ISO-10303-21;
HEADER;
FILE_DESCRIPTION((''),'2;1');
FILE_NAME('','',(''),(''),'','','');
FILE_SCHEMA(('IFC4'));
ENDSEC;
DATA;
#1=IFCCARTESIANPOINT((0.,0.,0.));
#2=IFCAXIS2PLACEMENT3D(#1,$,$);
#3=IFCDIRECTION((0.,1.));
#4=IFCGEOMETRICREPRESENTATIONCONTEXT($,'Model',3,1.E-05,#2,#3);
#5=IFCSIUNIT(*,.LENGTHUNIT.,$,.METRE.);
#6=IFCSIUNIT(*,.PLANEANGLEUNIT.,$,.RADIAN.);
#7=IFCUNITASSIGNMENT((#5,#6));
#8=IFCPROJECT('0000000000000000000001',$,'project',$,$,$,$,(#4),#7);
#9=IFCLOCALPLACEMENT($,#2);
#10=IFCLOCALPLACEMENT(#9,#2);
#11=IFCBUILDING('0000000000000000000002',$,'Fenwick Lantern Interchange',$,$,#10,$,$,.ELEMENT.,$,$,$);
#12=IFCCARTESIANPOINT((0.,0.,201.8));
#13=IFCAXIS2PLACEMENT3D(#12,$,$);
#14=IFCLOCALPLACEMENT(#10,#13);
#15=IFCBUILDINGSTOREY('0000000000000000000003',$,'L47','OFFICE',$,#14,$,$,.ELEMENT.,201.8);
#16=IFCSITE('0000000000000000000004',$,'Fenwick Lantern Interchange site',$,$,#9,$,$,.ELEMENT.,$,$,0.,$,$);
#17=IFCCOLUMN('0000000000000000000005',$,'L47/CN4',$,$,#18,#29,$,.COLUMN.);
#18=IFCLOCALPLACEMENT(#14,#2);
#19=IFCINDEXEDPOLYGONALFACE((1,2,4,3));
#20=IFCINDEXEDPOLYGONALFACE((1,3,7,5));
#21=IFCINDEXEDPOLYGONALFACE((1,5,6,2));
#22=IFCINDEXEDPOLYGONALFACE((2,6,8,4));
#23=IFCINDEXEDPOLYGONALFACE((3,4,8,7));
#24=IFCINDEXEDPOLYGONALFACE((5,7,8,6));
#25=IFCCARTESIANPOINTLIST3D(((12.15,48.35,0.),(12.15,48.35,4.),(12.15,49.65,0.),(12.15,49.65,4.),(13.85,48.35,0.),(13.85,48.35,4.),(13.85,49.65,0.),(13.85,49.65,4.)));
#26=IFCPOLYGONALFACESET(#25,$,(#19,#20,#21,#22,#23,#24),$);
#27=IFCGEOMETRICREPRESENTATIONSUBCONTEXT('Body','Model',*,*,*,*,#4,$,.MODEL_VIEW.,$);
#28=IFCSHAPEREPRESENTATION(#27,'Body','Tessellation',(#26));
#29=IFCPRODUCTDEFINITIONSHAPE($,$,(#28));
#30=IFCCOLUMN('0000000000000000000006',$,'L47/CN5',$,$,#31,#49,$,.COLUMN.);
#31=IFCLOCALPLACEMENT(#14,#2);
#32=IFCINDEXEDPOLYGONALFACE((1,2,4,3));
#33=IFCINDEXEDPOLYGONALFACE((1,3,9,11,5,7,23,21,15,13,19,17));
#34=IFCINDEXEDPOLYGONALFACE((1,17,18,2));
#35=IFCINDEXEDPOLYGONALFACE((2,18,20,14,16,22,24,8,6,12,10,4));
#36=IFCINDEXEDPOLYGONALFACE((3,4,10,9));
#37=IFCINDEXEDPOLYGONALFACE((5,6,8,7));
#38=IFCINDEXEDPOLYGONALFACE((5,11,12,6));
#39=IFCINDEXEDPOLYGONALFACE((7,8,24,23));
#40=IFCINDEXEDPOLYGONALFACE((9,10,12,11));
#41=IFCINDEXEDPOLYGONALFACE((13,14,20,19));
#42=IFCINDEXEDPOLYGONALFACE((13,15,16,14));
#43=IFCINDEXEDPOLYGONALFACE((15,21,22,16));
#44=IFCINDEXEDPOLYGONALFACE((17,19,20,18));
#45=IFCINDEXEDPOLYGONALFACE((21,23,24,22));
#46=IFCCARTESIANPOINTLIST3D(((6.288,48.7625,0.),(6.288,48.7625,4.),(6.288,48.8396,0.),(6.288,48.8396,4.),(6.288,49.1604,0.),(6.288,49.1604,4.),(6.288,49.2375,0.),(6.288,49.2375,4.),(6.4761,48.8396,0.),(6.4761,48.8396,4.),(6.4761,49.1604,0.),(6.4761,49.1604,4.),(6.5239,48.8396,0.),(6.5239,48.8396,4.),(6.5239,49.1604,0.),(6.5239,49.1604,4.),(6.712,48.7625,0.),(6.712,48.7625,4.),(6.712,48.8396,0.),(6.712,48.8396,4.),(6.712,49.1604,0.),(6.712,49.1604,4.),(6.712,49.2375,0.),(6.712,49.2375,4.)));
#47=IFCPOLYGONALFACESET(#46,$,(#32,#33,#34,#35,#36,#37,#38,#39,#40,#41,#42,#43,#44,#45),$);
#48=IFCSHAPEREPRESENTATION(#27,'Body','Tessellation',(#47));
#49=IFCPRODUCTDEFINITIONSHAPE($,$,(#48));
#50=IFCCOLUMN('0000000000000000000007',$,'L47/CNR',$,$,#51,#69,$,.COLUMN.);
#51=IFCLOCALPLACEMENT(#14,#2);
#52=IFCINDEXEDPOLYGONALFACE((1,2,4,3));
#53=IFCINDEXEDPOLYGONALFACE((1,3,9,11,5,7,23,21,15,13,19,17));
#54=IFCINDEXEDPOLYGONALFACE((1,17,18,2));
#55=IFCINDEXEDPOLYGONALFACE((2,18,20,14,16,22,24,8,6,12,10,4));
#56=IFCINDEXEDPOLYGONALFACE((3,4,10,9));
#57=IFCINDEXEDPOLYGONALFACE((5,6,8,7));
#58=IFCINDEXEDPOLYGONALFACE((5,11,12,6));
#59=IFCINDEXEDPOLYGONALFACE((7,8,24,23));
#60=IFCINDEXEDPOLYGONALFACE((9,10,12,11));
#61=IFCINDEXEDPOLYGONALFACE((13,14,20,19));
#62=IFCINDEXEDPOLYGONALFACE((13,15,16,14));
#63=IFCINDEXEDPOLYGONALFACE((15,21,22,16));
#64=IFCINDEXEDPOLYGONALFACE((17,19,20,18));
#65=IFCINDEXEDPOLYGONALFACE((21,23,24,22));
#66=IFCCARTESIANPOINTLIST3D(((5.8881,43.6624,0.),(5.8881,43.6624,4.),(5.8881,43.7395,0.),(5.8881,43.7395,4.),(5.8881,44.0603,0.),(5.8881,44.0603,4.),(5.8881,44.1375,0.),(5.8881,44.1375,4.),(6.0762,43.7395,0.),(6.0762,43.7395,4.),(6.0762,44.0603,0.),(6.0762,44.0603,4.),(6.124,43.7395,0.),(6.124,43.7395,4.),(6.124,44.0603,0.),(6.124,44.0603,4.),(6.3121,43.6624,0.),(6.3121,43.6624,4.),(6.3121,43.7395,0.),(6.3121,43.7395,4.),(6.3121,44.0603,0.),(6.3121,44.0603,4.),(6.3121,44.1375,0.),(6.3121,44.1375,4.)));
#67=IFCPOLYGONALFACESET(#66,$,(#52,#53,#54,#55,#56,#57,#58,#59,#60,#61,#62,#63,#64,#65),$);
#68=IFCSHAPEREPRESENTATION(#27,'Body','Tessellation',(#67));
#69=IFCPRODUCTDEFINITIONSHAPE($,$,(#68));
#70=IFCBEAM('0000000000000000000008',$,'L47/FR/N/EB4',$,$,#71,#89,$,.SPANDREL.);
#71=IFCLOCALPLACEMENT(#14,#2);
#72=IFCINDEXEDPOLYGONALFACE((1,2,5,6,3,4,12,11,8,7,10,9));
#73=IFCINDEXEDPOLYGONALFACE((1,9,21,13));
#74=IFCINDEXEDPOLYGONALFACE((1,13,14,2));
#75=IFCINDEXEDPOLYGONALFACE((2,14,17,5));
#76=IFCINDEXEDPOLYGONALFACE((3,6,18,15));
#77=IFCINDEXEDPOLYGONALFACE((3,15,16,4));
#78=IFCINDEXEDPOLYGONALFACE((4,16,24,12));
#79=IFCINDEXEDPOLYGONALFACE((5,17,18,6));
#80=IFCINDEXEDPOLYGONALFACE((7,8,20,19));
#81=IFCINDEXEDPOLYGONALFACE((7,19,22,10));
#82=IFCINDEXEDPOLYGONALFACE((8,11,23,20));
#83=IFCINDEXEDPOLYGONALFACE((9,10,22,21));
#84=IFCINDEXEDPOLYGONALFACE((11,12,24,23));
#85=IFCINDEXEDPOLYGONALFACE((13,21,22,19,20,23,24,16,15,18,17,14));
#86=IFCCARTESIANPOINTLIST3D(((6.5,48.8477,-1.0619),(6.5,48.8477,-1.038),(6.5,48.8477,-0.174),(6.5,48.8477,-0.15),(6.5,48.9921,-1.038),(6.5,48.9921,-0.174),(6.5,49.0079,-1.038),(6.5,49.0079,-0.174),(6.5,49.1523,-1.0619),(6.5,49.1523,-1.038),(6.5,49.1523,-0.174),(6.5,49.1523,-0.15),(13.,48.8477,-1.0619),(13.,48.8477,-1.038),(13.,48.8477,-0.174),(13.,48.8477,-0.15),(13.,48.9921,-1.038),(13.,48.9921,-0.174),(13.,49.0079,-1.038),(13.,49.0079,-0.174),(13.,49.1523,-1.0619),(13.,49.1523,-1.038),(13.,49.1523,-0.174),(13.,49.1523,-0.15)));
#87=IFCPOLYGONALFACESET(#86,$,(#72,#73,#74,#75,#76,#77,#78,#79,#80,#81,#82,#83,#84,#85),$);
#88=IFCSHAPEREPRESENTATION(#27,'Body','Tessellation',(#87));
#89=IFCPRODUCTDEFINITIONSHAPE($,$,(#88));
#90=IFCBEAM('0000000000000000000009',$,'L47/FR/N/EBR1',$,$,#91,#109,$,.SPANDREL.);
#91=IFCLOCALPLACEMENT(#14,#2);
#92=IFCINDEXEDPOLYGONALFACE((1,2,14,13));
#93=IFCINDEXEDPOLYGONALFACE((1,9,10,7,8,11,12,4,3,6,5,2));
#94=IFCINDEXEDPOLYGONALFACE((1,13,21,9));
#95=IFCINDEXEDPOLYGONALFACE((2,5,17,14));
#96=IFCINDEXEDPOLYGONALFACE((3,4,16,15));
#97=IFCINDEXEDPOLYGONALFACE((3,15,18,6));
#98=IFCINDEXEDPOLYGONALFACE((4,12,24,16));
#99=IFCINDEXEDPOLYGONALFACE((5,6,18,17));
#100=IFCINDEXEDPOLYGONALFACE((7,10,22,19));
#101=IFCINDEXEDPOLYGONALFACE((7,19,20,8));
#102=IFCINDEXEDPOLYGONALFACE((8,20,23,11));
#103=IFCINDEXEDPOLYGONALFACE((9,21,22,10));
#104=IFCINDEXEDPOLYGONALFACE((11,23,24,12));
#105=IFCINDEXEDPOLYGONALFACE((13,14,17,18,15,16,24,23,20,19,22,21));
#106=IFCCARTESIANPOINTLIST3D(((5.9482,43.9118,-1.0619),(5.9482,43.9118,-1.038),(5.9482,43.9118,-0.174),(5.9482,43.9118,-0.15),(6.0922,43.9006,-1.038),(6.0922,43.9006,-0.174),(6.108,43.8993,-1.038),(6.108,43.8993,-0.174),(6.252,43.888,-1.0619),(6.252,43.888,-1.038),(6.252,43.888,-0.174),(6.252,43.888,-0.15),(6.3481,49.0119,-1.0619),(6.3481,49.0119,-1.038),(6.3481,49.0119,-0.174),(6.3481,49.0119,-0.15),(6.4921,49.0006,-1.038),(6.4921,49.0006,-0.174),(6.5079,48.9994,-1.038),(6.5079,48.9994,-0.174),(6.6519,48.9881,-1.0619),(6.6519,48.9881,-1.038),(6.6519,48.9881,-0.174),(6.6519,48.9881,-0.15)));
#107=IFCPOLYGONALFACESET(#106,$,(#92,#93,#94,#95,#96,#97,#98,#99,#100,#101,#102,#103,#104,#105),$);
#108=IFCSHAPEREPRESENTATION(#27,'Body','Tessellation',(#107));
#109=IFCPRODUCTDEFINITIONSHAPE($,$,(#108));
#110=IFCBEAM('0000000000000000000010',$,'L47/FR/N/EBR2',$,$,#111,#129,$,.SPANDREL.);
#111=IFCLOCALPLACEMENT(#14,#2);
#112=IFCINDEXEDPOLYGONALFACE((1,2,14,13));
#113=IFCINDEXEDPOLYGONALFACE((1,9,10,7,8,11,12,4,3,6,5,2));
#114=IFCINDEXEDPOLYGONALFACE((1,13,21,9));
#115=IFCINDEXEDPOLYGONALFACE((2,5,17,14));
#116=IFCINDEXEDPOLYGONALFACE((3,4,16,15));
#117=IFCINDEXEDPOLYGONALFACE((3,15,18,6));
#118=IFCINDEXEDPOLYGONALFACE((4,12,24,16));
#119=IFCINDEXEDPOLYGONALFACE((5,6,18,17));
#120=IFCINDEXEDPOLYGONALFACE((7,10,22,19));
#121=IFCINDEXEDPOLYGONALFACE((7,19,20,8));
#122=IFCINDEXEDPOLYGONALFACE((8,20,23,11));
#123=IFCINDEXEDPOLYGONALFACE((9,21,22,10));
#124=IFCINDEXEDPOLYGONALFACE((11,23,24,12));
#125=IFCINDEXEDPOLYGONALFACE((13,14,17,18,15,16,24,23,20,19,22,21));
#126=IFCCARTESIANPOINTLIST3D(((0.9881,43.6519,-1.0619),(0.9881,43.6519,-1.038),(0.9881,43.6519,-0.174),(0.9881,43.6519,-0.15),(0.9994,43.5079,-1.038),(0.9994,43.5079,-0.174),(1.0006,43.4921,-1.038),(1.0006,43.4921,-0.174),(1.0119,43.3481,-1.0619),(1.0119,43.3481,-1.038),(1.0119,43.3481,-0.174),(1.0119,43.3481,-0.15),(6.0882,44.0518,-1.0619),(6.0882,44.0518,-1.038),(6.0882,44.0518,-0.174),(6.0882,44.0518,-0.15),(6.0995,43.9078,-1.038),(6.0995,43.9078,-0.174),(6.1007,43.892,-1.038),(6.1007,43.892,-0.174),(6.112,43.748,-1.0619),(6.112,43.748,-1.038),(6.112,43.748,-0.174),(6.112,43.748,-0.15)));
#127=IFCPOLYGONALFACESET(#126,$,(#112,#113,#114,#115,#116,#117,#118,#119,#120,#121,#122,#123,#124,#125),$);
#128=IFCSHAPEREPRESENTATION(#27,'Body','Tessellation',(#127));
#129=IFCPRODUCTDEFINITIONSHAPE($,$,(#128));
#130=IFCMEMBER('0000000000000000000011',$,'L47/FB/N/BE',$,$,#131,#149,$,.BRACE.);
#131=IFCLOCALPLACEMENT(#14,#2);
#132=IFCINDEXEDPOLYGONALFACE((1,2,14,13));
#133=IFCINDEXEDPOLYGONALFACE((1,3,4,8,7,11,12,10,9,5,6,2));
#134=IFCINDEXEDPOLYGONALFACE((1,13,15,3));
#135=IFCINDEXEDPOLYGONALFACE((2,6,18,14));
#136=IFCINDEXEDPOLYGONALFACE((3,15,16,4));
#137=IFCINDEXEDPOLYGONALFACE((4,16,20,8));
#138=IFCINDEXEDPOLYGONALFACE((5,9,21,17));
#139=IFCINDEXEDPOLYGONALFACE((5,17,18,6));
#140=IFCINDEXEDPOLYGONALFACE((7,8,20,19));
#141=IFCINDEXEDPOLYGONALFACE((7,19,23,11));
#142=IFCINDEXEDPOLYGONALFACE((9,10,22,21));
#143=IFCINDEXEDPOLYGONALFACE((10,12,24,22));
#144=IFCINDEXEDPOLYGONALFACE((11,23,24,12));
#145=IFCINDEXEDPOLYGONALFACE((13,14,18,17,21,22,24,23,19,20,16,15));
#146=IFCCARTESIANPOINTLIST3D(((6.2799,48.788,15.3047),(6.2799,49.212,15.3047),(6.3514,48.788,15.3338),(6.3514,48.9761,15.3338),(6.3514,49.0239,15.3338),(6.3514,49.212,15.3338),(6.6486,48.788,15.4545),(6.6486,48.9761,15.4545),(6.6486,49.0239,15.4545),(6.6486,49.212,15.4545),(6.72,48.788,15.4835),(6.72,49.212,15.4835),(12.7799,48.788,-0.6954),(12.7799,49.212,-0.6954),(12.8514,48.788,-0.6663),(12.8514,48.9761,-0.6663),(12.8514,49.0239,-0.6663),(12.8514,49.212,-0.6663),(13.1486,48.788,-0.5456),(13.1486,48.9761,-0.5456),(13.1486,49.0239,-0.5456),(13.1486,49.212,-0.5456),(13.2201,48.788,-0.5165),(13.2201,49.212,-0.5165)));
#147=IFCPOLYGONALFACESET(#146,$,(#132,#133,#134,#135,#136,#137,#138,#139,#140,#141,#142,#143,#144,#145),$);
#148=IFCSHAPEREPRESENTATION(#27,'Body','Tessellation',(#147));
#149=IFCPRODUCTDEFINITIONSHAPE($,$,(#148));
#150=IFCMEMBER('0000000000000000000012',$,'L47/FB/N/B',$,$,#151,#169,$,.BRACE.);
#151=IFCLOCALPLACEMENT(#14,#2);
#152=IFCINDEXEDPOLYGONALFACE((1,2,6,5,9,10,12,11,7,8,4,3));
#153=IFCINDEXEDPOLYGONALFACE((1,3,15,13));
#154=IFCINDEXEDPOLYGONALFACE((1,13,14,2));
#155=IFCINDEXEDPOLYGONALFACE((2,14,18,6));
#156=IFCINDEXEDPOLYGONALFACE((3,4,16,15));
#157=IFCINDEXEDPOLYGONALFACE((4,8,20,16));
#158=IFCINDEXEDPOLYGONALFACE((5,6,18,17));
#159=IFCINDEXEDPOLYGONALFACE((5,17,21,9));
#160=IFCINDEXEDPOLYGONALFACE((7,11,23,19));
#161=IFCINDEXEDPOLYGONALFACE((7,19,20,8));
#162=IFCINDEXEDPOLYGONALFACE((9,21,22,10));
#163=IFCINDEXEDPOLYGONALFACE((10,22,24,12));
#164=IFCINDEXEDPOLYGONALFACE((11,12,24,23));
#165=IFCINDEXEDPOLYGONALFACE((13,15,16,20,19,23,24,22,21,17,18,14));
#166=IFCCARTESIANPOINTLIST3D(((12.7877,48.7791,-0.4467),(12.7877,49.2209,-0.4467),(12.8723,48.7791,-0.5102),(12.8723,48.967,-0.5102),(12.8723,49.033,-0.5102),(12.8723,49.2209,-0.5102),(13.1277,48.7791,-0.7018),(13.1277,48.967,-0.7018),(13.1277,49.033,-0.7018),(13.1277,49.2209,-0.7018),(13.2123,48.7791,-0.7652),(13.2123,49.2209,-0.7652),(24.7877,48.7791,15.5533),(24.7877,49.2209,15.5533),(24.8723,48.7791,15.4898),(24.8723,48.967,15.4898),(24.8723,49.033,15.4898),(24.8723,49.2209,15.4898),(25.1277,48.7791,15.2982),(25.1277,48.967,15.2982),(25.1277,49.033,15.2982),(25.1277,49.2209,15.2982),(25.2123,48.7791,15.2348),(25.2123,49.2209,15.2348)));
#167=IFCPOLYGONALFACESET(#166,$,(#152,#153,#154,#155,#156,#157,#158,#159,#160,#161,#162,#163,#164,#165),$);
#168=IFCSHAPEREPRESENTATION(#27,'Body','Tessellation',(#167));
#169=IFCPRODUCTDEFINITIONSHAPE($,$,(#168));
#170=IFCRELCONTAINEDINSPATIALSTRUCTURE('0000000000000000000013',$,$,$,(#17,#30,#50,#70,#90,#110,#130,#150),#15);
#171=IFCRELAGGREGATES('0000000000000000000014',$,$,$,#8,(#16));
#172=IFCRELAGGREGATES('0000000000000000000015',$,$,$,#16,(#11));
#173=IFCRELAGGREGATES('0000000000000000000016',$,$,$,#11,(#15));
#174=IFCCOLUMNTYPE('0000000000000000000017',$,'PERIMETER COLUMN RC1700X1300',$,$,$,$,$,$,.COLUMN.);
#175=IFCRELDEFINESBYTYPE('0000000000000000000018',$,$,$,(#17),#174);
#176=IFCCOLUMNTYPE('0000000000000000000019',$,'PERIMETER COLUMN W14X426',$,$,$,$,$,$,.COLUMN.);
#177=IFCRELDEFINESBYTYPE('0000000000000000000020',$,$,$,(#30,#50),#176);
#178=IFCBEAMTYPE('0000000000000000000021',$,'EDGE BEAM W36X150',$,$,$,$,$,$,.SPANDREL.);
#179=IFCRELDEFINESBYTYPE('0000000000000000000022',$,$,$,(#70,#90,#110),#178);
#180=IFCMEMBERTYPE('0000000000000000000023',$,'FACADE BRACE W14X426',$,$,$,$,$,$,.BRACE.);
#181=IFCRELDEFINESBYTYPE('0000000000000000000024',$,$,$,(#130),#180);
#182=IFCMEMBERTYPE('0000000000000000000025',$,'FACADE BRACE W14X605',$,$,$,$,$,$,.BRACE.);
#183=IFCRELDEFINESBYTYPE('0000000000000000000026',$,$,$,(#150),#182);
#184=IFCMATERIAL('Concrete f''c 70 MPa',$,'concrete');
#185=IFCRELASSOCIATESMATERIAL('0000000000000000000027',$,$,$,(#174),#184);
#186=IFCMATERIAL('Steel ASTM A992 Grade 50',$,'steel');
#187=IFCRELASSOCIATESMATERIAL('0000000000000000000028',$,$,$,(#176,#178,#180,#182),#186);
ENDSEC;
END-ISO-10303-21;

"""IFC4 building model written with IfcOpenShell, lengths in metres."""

from ifc_helpers import new_model, si_unit, direction, frame, origin, origin_2d, place, context, subcontext, project, spatial, rectangle, i_section, extrude, material, material_profile, profile_set, type_object, element, save


model = new_model("IFC4")

# Units and contexts
model_context = context("Model", 3, precision=1e-05, world=origin(), true_north=direction((0.0, 1.0)))
body_context = subcontext(model_context, "Body", "Model", "MODEL_VIEW")
ifc_project = project(units=[si_unit("LENGTHUNIT", "METRE"), si_unit("PLANEANGLEUNIT", "RADIAN")], contexts=[model_context])

# Site, building, storey
site_placement = place(None, origin())
site = spatial("IfcSite", under=ifc_project, at=site_placement, Name="Fenwick Lantern Interchange site", CompositionType="ELEMENT", RefElevation=0.0)
building_placement = place(site_placement, origin())
building = spatial("IfcBuilding", under=site, at=building_placement, Name="Fenwick Lantern Interchange", CompositionType="ELEMENT")
storey_placement = place(building_placement, frame((0.0, 0.0, 201.8)))
storey = spatial("IfcBuildingStorey", under=building, at=storey_placement, Name="L47", Description="OFFICE", CompositionType="ELEMENT", Elevation=201.8)

# Columns
ifc_material_1 = material(Name="Concrete f'c 70 MPa", Category="concrete")
ifc_material_profile_1 = material_profile(ifc_material_1, rectangle(XDim=1.7, YDim=1.3, at=origin_2d()), Name="RC1700X1300")
ifc_profile_set_1 = profile_set([ifc_material_profile_1], Name="Concrete f'c 70 MPa")
column_type_1 = type_object("IfcColumnType", Name="PERIMETER COLUMN RC1700X1300", PredefinedType="COLUMN", material=ifc_profile_set_1)
column_placement = place(storey_placement, frame((13.0, 49.0, 0.0), z_axis=(0.0, 0.0, 1.0), x_axis=(1.0, 0.0, 0.0)))
element("IfcColumn", 1, at=column_placement, inside=storey, type_object=column_type_1, Name="L47/CN4", PredefinedType="COLUMN", context=body_context, shape_type="SweptSolid", body=[
    extrude(rectangle(XDim=1.7, YDim=1.3, at=origin_2d()), origin(), (0.0, 0.0, 1.0), 4.0),
])
ifc_material_2 = material(Name="Steel ASTM A992 Grade 50", Category="steel")
ifc_material_profile_2 = material_profile(ifc_material_2, i_section(OverallWidth=0.4241, OverallDepth=0.4751, WebThickness=0.0479, FlangeThickness=0.0771, at=origin_2d()), Name="W14X426")
ifc_profile_set_2 = profile_set([ifc_material_profile_2], Name="Steel ASTM A992 Grade 50")
column_type_2 = type_object("IfcColumnType", Name="PERIMETER COLUMN W14X426", PredefinedType="COLUMN", material=ifc_profile_set_2)
for number, where, z_axis, x_axis, name in (
    (2, (6.5, 49.0, 0.0), (0.0, 0.0, 1.0), (1.0, 0.0, 0.0), "L47/CN5"),
    (3, (6.1001, 43.8999, 0.0), (0.0, 0.0, 1.0), (1.0, 0.0, 0.0), "L47/CNR"),
):
    element("IfcColumn", number, at=place(storey_placement, frame(where, z_axis=z_axis, x_axis=x_axis)), inside=storey, type_object=column_type_2, Name=name, PredefinedType="COLUMN", context=body_context, shape_type="SweptSolid", body=[
        extrude(i_section(OverallWidth=0.4241, OverallDepth=0.4751, WebThickness=0.0479, FlangeThickness=0.0771, at=origin_2d()), origin(), (0.0, 0.0, 1.0), 4.0),
    ])

# Beams
ifc_material_profile_3 = material_profile(ifc_material_2, i_section(OverallWidth=0.3047, OverallDepth=0.9119, WebThickness=0.0159, FlangeThickness=0.0239, at=origin_2d()), Name="W36X150")
ifc_profile_set_3 = profile_set([ifc_material_profile_3], Name="Steel ASTM A992 Grade 50")
beam_type_1 = type_object("IfcBeamType", Name="EDGE BEAM W36X150", PredefinedType="SPANDREL", material=ifc_profile_set_3)
beam_1_placement = place(storey_placement, frame((13.0, 49.0, -0.606), z_axis=(-1.0, 0.0, 0.0), x_axis=(0.0, -1.0, 0.0)))
element("IfcBeam", 4, at=beam_1_placement, inside=storey, type_object=beam_type_1, Name="L47/FR/N/EB4", PredefinedType="SPANDREL", context=body_context, shape_type="SweptSolid", body=[
    extrude(i_section(OverallWidth=0.3047, OverallDepth=0.9119, WebThickness=0.0159, FlangeThickness=0.0239, at=origin_2d()), origin(), (0.0, 0.0, 1.0), 6.5),
])
for number, where, z_axis, x_axis, name in (
    (5, (6.5, 49.0, -0.606), (-0.078171, -0.99694, 0.0), (0.99694, -0.078171, 0.0), "L47/FR/N/EBR1"),
    (6, (6.1001, 43.8999, -0.606), (-0.99694, -0.078171, 0.0), (0.078171, -0.99694, 0.0), "L47/FR/N/EBR2"),
):
    element("IfcBeam", number, at=place(storey_placement, frame(where, z_axis=z_axis, x_axis=x_axis)), inside=storey, type_object=beam_type_1, Name=name, PredefinedType="SPANDREL", context=body_context, shape_type="SweptSolid", body=[
        extrude(i_section(OverallWidth=0.3047, OverallDepth=0.9119, WebThickness=0.0159, FlangeThickness=0.0239, at=origin_2d()), origin(), (0.0, 0.0, 1.0), 5.1157),
    ])

# Members
ifc_material_profile_4 = material_profile(ifc_material_2, i_section(OverallWidth=0.4241, OverallDepth=0.4751, WebThickness=0.0479, FlangeThickness=0.0771, at=origin_2d()), Name="W14X426")
ifc_profile_set_4 = profile_set([ifc_material_profile_4], Name="Steel ASTM A992 Grade 50")
member_type_1 = type_object("IfcMemberType", Name="FACADE BRACE W14X426", PredefinedType="BRACE", material=ifc_profile_set_4)
member_1_placement = place(storey_placement, frame((13.0, 49.0, -0.606), z_axis=(-0.376377, 0.0, 0.926467), x_axis=(0.0, -1.0, 0.0)))
element("IfcMember", 7, at=member_1_placement, inside=storey, type_object=member_type_1, Name="L47/FB/N/BE", PredefinedType="BRACE", context=body_context, shape_type="SweptSolid", body=[
    extrude(i_section(OverallWidth=0.4241, OverallDepth=0.4751, WebThickness=0.0479, FlangeThickness=0.0771, at=origin_2d()), origin(), (0.0, 0.0, 1.0), 17.27),
])
ifc_material_profile_5 = material_profile(ifc_material_2, i_section(OverallWidth=0.4419, OverallDepth=0.5308, WebThickness=0.0659, FlangeThickness=0.1057, at=origin_2d()), Name="W14X605")
ifc_profile_set_5 = profile_set([ifc_material_profile_5], Name="Steel ASTM A992 Grade 50")
member_type_2 = type_object("IfcMemberType", Name="FACADE BRACE W14X605", PredefinedType="BRACE", material=ifc_profile_set_5)
member_2_placement = place(storey_placement, frame((13.0, 49.0, -0.606), z_axis=(0.6, 0.0, 0.8), x_axis=(0.0, 1.0, 0.0)))
element("IfcMember", 8, at=member_2_placement, inside=storey, type_object=member_type_2, Name="L47/FB/N/B", PredefinedType="BRACE", context=body_context, shape_type="SweptSolid", body=[
    extrude(i_section(OverallWidth=0.4419, OverallDepth=0.5308, WebThickness=0.0659, FlangeThickness=0.1057, at=origin_2d()), origin(), (0.0, 0.0, 1.0), 20.0),
])

save(model, "model.ifc")
